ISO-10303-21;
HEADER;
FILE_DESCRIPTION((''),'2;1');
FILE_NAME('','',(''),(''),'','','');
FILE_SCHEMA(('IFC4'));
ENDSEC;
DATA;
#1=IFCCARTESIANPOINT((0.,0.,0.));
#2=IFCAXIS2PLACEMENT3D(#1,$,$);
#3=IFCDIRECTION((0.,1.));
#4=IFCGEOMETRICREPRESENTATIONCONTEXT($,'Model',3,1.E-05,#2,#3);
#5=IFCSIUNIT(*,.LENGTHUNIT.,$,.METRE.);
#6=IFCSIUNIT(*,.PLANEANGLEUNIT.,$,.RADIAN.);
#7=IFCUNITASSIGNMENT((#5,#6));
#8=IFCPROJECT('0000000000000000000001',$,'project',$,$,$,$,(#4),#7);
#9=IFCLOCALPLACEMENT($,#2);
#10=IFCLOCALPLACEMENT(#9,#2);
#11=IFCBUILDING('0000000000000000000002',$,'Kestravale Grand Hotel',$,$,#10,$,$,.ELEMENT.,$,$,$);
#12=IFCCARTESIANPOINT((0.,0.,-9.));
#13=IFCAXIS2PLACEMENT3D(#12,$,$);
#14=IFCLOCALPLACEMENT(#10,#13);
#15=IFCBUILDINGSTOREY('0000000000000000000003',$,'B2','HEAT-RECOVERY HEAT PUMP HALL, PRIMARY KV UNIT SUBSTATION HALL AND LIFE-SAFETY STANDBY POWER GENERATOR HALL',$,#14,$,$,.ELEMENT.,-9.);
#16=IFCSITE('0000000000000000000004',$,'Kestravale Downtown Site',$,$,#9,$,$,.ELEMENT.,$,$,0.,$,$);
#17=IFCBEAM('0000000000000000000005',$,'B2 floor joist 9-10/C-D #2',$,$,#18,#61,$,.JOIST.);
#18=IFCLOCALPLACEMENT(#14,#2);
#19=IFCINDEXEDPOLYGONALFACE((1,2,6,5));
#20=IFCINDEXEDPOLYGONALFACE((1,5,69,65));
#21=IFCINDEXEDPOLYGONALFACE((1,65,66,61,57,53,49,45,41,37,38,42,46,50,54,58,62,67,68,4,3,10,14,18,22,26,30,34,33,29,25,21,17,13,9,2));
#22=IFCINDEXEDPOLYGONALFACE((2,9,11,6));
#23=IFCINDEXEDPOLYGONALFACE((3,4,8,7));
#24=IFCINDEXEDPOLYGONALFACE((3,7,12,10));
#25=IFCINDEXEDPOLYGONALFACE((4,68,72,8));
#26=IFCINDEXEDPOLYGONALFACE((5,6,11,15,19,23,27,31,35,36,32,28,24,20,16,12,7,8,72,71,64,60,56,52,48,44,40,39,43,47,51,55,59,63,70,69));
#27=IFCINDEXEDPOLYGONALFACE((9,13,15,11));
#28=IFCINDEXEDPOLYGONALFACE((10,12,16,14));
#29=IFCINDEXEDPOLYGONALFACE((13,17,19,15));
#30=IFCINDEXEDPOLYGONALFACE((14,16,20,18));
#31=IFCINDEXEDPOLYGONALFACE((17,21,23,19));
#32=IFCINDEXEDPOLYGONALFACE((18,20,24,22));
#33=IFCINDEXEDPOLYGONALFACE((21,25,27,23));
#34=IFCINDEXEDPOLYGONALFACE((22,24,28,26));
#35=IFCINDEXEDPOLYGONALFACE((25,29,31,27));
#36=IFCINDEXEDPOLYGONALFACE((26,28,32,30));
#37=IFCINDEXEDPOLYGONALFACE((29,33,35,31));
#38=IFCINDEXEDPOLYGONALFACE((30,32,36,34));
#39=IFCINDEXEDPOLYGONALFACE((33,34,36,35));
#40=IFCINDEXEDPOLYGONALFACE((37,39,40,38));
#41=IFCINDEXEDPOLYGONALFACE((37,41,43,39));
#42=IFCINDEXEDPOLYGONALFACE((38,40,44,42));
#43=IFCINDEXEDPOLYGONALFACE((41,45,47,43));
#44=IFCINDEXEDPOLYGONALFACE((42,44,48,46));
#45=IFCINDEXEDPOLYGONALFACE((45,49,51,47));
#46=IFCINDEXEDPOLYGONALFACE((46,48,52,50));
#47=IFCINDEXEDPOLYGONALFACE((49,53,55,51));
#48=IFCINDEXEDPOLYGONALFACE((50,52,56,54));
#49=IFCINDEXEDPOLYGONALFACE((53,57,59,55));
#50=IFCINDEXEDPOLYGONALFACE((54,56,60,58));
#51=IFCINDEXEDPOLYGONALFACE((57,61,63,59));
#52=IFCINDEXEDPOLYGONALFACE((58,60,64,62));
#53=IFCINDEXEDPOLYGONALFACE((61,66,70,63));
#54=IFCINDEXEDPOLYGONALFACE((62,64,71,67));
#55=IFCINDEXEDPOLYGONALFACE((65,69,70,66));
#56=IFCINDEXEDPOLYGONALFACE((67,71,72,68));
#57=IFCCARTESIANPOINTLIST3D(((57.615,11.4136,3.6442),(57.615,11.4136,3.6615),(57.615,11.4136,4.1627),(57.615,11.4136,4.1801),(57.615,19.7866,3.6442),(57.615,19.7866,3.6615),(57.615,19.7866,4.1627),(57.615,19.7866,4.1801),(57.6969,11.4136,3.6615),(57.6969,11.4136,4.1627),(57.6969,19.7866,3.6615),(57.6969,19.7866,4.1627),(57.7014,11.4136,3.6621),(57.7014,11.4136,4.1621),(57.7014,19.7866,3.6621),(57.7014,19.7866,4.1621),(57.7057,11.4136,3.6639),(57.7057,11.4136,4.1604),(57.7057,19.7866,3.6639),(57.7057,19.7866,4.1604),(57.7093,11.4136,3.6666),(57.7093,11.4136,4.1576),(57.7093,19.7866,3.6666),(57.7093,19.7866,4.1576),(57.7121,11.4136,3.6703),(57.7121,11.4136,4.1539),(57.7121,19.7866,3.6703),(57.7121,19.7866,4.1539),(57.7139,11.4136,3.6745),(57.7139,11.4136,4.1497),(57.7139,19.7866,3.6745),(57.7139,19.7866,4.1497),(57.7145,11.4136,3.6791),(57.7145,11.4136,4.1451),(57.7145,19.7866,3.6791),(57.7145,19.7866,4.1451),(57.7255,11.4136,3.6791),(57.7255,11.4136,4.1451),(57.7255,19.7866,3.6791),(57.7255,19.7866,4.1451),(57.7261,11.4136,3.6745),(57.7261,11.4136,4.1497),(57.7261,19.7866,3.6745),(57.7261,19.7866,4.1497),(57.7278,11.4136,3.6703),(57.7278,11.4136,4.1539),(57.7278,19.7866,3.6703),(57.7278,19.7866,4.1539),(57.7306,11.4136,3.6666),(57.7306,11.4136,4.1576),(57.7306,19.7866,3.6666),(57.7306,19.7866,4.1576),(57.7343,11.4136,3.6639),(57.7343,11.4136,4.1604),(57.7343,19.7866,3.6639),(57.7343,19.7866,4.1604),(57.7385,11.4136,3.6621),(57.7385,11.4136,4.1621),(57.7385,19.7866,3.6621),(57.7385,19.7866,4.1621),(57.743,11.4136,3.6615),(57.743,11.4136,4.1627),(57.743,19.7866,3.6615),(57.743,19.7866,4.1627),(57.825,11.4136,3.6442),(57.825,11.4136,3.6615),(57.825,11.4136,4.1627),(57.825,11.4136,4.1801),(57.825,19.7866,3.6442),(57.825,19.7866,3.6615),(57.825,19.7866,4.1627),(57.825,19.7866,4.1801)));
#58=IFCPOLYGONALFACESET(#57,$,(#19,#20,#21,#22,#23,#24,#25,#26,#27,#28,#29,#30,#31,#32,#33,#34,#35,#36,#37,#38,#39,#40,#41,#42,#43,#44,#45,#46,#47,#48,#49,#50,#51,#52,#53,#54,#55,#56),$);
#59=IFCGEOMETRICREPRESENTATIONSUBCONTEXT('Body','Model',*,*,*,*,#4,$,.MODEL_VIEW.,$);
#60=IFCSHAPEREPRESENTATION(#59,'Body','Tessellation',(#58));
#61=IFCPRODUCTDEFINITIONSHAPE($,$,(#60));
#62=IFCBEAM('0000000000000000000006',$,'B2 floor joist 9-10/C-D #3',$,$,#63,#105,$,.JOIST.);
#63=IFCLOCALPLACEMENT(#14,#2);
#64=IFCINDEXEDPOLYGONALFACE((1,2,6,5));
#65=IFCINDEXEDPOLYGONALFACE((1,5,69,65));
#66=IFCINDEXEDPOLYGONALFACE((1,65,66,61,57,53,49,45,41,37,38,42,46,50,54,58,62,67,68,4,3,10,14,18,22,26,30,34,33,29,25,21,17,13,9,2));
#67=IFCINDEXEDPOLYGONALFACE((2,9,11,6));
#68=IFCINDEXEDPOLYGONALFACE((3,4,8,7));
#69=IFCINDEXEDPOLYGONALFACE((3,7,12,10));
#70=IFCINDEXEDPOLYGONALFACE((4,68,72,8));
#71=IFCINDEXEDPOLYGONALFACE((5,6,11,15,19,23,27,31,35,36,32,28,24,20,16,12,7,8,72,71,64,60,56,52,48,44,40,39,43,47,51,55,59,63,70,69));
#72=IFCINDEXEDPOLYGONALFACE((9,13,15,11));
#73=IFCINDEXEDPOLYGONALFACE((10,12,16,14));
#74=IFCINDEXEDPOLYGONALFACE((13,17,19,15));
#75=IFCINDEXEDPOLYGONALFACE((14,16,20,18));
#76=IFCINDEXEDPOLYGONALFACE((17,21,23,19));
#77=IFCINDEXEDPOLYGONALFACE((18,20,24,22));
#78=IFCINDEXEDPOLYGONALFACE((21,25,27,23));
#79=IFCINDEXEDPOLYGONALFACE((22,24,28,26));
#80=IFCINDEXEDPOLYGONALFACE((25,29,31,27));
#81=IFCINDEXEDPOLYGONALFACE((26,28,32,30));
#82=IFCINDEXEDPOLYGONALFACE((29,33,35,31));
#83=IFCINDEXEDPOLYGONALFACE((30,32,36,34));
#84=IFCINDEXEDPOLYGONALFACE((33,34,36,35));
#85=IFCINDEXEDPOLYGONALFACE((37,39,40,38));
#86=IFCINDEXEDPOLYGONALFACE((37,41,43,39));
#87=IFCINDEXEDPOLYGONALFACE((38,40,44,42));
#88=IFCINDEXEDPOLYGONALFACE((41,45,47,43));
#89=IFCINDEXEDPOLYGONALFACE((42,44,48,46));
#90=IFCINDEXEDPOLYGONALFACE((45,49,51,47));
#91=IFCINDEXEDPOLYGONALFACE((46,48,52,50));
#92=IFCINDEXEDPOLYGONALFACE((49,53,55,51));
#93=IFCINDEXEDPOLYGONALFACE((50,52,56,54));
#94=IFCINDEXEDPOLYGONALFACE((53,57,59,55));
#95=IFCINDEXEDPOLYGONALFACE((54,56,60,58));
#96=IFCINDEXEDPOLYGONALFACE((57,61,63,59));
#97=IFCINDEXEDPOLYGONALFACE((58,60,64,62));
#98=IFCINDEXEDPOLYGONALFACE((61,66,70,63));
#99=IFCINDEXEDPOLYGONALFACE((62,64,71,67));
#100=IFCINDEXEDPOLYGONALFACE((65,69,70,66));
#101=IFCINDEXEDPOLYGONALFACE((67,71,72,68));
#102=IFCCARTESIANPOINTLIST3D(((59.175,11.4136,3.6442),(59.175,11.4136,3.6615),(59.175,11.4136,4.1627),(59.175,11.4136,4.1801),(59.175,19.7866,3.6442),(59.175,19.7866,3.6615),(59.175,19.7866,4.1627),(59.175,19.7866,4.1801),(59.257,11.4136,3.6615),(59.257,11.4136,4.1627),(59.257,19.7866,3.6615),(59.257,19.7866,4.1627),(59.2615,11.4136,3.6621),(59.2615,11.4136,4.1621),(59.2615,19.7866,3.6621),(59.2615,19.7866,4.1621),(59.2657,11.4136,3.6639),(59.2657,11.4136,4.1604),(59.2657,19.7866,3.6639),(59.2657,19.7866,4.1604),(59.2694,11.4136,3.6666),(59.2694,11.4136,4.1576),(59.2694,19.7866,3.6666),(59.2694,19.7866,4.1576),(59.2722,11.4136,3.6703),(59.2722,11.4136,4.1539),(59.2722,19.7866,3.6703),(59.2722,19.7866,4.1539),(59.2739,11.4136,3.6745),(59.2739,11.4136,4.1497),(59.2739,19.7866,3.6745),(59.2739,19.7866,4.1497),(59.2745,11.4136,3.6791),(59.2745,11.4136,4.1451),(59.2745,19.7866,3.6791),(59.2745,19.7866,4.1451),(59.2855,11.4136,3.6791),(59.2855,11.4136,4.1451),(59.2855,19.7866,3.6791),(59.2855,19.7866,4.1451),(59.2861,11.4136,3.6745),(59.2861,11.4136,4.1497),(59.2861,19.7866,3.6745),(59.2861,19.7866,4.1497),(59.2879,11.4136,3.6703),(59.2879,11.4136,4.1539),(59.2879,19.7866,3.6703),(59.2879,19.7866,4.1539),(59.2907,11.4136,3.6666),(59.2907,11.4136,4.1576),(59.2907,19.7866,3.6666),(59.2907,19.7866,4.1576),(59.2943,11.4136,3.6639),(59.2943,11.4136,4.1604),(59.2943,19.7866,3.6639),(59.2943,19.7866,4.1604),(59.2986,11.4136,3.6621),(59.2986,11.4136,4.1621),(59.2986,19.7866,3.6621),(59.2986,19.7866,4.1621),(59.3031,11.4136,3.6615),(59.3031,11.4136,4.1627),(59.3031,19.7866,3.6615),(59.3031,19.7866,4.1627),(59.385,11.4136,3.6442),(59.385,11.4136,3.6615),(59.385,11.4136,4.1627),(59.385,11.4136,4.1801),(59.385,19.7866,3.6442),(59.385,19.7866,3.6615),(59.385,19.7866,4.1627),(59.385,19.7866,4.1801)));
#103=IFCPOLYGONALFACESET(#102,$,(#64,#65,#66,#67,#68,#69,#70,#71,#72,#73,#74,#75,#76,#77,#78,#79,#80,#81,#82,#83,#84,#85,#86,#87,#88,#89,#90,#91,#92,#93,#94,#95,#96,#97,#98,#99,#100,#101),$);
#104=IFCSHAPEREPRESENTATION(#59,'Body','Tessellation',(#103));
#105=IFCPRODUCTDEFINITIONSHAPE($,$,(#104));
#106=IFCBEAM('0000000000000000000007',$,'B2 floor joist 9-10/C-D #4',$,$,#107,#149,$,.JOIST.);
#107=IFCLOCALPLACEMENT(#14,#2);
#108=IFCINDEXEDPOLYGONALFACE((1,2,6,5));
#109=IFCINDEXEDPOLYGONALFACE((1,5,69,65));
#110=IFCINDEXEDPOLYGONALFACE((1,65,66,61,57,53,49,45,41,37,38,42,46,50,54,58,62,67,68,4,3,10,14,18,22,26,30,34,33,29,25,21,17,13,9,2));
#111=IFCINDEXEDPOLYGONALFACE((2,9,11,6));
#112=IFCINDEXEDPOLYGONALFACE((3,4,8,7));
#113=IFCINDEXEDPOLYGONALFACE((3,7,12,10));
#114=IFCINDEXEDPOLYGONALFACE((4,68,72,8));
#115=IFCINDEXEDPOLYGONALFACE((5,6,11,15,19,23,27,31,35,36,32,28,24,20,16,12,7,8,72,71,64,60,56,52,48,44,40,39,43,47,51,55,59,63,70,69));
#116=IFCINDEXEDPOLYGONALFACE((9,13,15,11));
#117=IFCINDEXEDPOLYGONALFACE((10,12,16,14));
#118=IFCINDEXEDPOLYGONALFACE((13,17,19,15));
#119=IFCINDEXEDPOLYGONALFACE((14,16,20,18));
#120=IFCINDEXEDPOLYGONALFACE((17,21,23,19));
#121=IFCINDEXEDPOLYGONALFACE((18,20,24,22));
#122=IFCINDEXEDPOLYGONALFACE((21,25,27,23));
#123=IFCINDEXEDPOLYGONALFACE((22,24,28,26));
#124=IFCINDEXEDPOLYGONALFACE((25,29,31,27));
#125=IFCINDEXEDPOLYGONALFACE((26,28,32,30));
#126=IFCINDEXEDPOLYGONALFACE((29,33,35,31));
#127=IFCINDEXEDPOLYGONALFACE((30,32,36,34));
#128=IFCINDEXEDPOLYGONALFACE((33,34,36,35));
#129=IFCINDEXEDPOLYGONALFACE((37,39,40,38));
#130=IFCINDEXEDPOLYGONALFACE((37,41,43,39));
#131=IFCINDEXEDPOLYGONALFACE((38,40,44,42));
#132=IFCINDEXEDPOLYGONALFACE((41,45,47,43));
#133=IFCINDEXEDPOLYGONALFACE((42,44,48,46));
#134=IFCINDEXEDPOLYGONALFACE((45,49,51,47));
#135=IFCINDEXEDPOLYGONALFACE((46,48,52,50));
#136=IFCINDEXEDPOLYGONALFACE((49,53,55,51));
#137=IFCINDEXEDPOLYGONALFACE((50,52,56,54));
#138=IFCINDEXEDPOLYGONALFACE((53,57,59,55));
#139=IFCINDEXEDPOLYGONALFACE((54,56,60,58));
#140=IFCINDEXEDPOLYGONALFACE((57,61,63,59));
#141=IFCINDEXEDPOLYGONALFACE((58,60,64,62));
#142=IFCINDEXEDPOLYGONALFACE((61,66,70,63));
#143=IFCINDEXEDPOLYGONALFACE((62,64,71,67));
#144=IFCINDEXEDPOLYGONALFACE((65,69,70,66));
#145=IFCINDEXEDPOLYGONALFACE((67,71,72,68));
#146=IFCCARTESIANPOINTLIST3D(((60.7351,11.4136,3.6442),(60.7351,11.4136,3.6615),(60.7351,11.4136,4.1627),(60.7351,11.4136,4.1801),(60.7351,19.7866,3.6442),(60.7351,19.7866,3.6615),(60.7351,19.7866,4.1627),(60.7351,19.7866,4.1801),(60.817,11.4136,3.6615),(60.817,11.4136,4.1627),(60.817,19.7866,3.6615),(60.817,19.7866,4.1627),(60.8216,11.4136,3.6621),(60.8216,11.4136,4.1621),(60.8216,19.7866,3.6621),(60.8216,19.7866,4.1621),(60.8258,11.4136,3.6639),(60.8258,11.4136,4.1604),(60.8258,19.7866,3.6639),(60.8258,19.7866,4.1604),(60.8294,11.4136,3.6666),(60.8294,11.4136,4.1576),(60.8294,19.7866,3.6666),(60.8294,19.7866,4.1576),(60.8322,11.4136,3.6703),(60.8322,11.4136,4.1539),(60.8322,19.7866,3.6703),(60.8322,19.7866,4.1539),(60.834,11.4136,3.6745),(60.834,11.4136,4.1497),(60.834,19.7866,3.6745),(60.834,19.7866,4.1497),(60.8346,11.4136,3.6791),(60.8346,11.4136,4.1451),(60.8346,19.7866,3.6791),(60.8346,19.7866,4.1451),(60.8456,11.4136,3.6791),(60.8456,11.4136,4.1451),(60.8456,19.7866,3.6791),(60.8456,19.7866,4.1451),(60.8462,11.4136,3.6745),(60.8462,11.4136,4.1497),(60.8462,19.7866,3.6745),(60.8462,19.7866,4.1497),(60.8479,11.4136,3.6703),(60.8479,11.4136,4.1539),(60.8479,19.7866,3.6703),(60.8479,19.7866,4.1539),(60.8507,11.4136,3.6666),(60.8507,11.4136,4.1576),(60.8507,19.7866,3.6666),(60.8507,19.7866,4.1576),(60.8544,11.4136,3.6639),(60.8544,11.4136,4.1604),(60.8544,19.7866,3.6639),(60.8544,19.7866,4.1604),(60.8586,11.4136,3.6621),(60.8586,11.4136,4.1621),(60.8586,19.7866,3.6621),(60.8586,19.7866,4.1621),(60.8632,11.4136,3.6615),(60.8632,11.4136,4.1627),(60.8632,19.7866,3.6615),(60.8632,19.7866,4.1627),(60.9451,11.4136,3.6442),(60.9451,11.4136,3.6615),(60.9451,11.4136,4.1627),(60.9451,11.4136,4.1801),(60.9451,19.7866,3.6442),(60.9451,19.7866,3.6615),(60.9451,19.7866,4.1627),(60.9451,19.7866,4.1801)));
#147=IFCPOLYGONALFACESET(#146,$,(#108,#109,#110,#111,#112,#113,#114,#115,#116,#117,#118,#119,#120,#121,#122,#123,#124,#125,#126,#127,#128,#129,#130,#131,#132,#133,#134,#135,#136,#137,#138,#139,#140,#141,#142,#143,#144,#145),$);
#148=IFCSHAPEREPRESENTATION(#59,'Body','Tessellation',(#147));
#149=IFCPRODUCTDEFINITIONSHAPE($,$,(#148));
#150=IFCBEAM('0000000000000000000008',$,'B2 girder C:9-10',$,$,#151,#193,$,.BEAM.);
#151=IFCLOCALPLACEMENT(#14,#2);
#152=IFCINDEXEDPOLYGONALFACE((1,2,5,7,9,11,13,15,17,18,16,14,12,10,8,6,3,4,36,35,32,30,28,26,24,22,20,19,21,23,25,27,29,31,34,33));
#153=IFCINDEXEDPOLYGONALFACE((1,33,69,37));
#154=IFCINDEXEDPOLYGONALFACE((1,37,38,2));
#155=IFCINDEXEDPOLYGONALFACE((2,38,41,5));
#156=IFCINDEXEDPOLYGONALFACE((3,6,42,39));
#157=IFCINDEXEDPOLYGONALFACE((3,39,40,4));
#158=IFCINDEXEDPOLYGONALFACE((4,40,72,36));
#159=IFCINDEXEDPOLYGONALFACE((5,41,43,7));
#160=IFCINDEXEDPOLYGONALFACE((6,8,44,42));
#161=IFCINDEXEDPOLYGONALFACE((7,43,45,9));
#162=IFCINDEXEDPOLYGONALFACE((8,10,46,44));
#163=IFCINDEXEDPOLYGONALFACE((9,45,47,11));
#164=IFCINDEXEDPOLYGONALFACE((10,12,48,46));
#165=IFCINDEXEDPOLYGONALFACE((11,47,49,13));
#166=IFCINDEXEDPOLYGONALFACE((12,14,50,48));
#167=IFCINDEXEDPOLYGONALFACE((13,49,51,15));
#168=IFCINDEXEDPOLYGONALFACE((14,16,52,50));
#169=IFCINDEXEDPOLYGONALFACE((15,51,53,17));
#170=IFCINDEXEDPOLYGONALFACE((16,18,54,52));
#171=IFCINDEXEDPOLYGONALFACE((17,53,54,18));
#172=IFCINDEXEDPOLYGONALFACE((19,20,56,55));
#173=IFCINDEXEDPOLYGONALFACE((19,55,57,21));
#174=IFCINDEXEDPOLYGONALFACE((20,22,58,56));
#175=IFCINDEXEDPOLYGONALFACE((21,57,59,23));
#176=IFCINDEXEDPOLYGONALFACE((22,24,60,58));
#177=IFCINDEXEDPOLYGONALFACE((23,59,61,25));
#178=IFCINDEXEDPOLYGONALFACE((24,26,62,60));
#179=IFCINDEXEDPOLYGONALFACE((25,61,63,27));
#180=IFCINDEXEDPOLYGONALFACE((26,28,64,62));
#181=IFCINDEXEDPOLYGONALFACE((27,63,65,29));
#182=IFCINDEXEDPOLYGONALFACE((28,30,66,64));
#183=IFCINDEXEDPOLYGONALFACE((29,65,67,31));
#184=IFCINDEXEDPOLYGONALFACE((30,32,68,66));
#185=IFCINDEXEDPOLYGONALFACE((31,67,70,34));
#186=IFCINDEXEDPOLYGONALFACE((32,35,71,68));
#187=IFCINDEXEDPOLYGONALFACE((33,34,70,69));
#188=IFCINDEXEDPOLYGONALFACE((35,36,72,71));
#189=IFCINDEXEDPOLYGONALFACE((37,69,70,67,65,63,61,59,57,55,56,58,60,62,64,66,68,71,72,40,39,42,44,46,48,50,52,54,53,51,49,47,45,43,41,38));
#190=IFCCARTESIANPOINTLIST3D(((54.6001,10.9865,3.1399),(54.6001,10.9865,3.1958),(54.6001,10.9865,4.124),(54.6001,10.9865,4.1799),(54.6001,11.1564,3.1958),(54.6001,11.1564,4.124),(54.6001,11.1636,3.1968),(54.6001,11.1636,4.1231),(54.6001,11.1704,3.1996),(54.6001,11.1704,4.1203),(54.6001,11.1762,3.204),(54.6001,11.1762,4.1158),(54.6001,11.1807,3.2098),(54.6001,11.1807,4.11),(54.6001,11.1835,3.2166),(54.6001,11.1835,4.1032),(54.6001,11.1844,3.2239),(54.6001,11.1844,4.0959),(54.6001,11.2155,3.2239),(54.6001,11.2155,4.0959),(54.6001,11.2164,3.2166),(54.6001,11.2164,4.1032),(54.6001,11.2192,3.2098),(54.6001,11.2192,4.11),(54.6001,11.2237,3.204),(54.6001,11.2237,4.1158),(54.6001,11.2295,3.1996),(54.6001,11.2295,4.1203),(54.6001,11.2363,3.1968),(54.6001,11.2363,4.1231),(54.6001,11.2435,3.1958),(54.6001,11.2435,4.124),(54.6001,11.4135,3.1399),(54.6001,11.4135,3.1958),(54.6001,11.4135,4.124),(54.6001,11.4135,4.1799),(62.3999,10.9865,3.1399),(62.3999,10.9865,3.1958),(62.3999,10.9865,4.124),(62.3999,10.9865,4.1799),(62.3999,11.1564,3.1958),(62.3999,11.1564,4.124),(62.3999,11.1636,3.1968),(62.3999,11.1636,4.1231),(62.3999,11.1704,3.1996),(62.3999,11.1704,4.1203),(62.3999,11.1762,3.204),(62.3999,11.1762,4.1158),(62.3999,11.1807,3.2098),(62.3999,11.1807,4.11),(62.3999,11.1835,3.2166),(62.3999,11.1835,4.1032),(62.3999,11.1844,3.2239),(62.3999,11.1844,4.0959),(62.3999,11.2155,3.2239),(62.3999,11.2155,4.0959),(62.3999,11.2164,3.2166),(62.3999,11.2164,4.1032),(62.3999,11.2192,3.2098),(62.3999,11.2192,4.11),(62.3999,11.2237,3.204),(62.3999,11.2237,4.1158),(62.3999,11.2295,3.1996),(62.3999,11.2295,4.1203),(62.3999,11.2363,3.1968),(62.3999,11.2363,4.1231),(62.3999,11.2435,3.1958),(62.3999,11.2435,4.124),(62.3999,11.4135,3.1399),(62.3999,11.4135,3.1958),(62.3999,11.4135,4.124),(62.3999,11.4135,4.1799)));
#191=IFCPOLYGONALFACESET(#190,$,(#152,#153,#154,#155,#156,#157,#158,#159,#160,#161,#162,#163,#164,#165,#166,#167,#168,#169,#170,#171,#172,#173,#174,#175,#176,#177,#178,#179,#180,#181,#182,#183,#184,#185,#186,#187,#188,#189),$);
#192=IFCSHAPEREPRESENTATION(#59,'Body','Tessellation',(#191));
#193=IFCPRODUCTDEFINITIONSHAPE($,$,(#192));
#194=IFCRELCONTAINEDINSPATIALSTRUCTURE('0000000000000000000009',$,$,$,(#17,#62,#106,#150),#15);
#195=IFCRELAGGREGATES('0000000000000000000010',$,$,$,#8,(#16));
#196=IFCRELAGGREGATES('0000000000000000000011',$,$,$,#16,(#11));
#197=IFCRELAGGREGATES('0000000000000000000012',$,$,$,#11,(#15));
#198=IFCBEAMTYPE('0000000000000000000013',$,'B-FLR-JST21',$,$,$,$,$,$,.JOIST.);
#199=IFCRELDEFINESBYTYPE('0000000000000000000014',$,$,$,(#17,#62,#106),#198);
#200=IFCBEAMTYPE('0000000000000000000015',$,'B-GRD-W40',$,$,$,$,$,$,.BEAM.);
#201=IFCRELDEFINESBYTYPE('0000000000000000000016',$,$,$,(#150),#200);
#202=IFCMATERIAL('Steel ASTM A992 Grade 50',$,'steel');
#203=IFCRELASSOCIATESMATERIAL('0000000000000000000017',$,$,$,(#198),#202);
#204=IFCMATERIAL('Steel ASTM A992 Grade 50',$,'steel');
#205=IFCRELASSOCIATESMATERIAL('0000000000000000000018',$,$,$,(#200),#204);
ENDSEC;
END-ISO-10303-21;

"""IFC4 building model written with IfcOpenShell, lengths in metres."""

from ifc_helpers import new_model, si_unit, direction, frame, origin, origin_2d, place, context, subcontext, project, spatial, i_section, extrude, material, material_profile, profile_set, type_object, element, save


model = new_model("IFC4")

# Units and contexts
model_context = context("Model", 3, precision=1e-05, world=origin(), true_north=direction((0.0, 1.0)))
body_context = subcontext(model_context, "Body", "Model", "MODEL_VIEW")
ifc_project = project(units=[si_unit("LENGTHUNIT", "METRE"), si_unit("PLANEANGLEUNIT", "RADIAN")], contexts=[model_context])

# Site, building, storey
site_placement = place(None, origin())
site = spatial("IfcSite", under=ifc_project, at=site_placement, Name="Kestravale Downtown Site", CompositionType="ELEMENT", RefElevation=0.0)
building_placement = place(site_placement, origin())
building = spatial("IfcBuilding", under=site, at=building_placement, Name="Kestravale Grand Hotel", CompositionType="ELEMENT")
storey_placement = place(building_placement, frame((0.0, 0.0, -9.0)))
storey = spatial("IfcBuildingStorey", under=building, at=storey_placement, Name="B2", Description="HEAT-RECOVERY HEAT PUMP HALL, PRIMARY KV UNIT SUBSTATION HALL AND LIFE-SAFETY STANDBY POWER GENERATOR HALL", CompositionType="ELEMENT", Elevation=-9.0)

# Beams
ifc_material_1 = material(Name="Steel ASTM A992 Grade 50", Category="steel")
ifc_material_profile_1 = material_profile(ifc_material_1, i_section(OverallWidth=0.21, OverallDepth=0.5359, WebThickness=0.011, FlangeThickness=0.0173, FilletRadius=0.0176, at=origin_2d()))
ifc_profile_set_1 = profile_set([ifc_material_profile_1], Name="Steel ASTM A992 Grade 50")
beam_type_1 = type_object("IfcBeamType", Name="B-FLR-JST21", PredefinedType="JOIST", material=ifc_profile_set_1)
for number, where, z_axis, x_axis, name in (
    (1, (57.72, 11.4136, 3.9121), (0.0, 1.0, 0.0), (-1.0, 0.0, 0.0), "B2 floor joist 9-10/C-D #2"),
    (2, (59.28, 11.4136, 3.9121), (0.0, 1.0, 0.0), (-1.0, 0.0, 0.0), "B2 floor joist 9-10/C-D #3"),
    (3, (60.8401, 11.4136, 3.9121), (0.0, 1.0, 0.0), (-1.0, 0.0, 0.0), "B2 floor joist 9-10/C-D #4"),
):
    element("IfcBeam", number, at=place(storey_placement, frame(where, z_axis=z_axis, x_axis=x_axis)), inside=storey, type_object=beam_type_1, Name=name, PredefinedType="JOIST", context=body_context, shape_type="SweptSolid", body=[
        extrude(i_section(OverallWidth=0.21, OverallDepth=0.5359, WebThickness=0.011, FlangeThickness=0.0173, FilletRadius=0.0176, at=origin_2d()), origin(), (0.0, 0.0, 1.0), 8.373),
    ])
ifc_material_2 = material(Name="Steel ASTM A992 Grade 50", Category="steel")
ifc_material_profile_2 = material_profile(ifc_material_2, i_section(OverallWidth=0.427, OverallDepth=1.04, WebThickness=0.031, FlangeThickness=0.0559, FilletRadius=0.0281, at=origin_2d()))
ifc_profile_set_2 = profile_set([ifc_material_profile_2], Name="Steel ASTM A992 Grade 50")
beam_type_2 = type_object("IfcBeamType", Name="B-GRD-W40", PredefinedType="BEAM", material=ifc_profile_set_2)
for number, where, z_axis, x_axis, name in (
    (4, (54.6001, 11.2, 3.6599), (1.0, 0.0, 0.0), (0.0, 1.0, 0.0), "B2 girder C:9-10"),
):
    element("IfcBeam", number, at=place(storey_placement, frame(where, z_axis=z_axis, x_axis=x_axis)), inside=storey, type_object=beam_type_2, Name=name, PredefinedType="BEAM", context=body_context, shape_type="SweptSolid", body=[
        extrude(i_section(OverallWidth=0.427, OverallDepth=1.04, WebThickness=0.031, FlangeThickness=0.0559, FilletRadius=0.0281, at=origin_2d()), origin(), (0.0, 0.0, 1.0), 7.7998),
    ])

save(model, "model.ifc")
